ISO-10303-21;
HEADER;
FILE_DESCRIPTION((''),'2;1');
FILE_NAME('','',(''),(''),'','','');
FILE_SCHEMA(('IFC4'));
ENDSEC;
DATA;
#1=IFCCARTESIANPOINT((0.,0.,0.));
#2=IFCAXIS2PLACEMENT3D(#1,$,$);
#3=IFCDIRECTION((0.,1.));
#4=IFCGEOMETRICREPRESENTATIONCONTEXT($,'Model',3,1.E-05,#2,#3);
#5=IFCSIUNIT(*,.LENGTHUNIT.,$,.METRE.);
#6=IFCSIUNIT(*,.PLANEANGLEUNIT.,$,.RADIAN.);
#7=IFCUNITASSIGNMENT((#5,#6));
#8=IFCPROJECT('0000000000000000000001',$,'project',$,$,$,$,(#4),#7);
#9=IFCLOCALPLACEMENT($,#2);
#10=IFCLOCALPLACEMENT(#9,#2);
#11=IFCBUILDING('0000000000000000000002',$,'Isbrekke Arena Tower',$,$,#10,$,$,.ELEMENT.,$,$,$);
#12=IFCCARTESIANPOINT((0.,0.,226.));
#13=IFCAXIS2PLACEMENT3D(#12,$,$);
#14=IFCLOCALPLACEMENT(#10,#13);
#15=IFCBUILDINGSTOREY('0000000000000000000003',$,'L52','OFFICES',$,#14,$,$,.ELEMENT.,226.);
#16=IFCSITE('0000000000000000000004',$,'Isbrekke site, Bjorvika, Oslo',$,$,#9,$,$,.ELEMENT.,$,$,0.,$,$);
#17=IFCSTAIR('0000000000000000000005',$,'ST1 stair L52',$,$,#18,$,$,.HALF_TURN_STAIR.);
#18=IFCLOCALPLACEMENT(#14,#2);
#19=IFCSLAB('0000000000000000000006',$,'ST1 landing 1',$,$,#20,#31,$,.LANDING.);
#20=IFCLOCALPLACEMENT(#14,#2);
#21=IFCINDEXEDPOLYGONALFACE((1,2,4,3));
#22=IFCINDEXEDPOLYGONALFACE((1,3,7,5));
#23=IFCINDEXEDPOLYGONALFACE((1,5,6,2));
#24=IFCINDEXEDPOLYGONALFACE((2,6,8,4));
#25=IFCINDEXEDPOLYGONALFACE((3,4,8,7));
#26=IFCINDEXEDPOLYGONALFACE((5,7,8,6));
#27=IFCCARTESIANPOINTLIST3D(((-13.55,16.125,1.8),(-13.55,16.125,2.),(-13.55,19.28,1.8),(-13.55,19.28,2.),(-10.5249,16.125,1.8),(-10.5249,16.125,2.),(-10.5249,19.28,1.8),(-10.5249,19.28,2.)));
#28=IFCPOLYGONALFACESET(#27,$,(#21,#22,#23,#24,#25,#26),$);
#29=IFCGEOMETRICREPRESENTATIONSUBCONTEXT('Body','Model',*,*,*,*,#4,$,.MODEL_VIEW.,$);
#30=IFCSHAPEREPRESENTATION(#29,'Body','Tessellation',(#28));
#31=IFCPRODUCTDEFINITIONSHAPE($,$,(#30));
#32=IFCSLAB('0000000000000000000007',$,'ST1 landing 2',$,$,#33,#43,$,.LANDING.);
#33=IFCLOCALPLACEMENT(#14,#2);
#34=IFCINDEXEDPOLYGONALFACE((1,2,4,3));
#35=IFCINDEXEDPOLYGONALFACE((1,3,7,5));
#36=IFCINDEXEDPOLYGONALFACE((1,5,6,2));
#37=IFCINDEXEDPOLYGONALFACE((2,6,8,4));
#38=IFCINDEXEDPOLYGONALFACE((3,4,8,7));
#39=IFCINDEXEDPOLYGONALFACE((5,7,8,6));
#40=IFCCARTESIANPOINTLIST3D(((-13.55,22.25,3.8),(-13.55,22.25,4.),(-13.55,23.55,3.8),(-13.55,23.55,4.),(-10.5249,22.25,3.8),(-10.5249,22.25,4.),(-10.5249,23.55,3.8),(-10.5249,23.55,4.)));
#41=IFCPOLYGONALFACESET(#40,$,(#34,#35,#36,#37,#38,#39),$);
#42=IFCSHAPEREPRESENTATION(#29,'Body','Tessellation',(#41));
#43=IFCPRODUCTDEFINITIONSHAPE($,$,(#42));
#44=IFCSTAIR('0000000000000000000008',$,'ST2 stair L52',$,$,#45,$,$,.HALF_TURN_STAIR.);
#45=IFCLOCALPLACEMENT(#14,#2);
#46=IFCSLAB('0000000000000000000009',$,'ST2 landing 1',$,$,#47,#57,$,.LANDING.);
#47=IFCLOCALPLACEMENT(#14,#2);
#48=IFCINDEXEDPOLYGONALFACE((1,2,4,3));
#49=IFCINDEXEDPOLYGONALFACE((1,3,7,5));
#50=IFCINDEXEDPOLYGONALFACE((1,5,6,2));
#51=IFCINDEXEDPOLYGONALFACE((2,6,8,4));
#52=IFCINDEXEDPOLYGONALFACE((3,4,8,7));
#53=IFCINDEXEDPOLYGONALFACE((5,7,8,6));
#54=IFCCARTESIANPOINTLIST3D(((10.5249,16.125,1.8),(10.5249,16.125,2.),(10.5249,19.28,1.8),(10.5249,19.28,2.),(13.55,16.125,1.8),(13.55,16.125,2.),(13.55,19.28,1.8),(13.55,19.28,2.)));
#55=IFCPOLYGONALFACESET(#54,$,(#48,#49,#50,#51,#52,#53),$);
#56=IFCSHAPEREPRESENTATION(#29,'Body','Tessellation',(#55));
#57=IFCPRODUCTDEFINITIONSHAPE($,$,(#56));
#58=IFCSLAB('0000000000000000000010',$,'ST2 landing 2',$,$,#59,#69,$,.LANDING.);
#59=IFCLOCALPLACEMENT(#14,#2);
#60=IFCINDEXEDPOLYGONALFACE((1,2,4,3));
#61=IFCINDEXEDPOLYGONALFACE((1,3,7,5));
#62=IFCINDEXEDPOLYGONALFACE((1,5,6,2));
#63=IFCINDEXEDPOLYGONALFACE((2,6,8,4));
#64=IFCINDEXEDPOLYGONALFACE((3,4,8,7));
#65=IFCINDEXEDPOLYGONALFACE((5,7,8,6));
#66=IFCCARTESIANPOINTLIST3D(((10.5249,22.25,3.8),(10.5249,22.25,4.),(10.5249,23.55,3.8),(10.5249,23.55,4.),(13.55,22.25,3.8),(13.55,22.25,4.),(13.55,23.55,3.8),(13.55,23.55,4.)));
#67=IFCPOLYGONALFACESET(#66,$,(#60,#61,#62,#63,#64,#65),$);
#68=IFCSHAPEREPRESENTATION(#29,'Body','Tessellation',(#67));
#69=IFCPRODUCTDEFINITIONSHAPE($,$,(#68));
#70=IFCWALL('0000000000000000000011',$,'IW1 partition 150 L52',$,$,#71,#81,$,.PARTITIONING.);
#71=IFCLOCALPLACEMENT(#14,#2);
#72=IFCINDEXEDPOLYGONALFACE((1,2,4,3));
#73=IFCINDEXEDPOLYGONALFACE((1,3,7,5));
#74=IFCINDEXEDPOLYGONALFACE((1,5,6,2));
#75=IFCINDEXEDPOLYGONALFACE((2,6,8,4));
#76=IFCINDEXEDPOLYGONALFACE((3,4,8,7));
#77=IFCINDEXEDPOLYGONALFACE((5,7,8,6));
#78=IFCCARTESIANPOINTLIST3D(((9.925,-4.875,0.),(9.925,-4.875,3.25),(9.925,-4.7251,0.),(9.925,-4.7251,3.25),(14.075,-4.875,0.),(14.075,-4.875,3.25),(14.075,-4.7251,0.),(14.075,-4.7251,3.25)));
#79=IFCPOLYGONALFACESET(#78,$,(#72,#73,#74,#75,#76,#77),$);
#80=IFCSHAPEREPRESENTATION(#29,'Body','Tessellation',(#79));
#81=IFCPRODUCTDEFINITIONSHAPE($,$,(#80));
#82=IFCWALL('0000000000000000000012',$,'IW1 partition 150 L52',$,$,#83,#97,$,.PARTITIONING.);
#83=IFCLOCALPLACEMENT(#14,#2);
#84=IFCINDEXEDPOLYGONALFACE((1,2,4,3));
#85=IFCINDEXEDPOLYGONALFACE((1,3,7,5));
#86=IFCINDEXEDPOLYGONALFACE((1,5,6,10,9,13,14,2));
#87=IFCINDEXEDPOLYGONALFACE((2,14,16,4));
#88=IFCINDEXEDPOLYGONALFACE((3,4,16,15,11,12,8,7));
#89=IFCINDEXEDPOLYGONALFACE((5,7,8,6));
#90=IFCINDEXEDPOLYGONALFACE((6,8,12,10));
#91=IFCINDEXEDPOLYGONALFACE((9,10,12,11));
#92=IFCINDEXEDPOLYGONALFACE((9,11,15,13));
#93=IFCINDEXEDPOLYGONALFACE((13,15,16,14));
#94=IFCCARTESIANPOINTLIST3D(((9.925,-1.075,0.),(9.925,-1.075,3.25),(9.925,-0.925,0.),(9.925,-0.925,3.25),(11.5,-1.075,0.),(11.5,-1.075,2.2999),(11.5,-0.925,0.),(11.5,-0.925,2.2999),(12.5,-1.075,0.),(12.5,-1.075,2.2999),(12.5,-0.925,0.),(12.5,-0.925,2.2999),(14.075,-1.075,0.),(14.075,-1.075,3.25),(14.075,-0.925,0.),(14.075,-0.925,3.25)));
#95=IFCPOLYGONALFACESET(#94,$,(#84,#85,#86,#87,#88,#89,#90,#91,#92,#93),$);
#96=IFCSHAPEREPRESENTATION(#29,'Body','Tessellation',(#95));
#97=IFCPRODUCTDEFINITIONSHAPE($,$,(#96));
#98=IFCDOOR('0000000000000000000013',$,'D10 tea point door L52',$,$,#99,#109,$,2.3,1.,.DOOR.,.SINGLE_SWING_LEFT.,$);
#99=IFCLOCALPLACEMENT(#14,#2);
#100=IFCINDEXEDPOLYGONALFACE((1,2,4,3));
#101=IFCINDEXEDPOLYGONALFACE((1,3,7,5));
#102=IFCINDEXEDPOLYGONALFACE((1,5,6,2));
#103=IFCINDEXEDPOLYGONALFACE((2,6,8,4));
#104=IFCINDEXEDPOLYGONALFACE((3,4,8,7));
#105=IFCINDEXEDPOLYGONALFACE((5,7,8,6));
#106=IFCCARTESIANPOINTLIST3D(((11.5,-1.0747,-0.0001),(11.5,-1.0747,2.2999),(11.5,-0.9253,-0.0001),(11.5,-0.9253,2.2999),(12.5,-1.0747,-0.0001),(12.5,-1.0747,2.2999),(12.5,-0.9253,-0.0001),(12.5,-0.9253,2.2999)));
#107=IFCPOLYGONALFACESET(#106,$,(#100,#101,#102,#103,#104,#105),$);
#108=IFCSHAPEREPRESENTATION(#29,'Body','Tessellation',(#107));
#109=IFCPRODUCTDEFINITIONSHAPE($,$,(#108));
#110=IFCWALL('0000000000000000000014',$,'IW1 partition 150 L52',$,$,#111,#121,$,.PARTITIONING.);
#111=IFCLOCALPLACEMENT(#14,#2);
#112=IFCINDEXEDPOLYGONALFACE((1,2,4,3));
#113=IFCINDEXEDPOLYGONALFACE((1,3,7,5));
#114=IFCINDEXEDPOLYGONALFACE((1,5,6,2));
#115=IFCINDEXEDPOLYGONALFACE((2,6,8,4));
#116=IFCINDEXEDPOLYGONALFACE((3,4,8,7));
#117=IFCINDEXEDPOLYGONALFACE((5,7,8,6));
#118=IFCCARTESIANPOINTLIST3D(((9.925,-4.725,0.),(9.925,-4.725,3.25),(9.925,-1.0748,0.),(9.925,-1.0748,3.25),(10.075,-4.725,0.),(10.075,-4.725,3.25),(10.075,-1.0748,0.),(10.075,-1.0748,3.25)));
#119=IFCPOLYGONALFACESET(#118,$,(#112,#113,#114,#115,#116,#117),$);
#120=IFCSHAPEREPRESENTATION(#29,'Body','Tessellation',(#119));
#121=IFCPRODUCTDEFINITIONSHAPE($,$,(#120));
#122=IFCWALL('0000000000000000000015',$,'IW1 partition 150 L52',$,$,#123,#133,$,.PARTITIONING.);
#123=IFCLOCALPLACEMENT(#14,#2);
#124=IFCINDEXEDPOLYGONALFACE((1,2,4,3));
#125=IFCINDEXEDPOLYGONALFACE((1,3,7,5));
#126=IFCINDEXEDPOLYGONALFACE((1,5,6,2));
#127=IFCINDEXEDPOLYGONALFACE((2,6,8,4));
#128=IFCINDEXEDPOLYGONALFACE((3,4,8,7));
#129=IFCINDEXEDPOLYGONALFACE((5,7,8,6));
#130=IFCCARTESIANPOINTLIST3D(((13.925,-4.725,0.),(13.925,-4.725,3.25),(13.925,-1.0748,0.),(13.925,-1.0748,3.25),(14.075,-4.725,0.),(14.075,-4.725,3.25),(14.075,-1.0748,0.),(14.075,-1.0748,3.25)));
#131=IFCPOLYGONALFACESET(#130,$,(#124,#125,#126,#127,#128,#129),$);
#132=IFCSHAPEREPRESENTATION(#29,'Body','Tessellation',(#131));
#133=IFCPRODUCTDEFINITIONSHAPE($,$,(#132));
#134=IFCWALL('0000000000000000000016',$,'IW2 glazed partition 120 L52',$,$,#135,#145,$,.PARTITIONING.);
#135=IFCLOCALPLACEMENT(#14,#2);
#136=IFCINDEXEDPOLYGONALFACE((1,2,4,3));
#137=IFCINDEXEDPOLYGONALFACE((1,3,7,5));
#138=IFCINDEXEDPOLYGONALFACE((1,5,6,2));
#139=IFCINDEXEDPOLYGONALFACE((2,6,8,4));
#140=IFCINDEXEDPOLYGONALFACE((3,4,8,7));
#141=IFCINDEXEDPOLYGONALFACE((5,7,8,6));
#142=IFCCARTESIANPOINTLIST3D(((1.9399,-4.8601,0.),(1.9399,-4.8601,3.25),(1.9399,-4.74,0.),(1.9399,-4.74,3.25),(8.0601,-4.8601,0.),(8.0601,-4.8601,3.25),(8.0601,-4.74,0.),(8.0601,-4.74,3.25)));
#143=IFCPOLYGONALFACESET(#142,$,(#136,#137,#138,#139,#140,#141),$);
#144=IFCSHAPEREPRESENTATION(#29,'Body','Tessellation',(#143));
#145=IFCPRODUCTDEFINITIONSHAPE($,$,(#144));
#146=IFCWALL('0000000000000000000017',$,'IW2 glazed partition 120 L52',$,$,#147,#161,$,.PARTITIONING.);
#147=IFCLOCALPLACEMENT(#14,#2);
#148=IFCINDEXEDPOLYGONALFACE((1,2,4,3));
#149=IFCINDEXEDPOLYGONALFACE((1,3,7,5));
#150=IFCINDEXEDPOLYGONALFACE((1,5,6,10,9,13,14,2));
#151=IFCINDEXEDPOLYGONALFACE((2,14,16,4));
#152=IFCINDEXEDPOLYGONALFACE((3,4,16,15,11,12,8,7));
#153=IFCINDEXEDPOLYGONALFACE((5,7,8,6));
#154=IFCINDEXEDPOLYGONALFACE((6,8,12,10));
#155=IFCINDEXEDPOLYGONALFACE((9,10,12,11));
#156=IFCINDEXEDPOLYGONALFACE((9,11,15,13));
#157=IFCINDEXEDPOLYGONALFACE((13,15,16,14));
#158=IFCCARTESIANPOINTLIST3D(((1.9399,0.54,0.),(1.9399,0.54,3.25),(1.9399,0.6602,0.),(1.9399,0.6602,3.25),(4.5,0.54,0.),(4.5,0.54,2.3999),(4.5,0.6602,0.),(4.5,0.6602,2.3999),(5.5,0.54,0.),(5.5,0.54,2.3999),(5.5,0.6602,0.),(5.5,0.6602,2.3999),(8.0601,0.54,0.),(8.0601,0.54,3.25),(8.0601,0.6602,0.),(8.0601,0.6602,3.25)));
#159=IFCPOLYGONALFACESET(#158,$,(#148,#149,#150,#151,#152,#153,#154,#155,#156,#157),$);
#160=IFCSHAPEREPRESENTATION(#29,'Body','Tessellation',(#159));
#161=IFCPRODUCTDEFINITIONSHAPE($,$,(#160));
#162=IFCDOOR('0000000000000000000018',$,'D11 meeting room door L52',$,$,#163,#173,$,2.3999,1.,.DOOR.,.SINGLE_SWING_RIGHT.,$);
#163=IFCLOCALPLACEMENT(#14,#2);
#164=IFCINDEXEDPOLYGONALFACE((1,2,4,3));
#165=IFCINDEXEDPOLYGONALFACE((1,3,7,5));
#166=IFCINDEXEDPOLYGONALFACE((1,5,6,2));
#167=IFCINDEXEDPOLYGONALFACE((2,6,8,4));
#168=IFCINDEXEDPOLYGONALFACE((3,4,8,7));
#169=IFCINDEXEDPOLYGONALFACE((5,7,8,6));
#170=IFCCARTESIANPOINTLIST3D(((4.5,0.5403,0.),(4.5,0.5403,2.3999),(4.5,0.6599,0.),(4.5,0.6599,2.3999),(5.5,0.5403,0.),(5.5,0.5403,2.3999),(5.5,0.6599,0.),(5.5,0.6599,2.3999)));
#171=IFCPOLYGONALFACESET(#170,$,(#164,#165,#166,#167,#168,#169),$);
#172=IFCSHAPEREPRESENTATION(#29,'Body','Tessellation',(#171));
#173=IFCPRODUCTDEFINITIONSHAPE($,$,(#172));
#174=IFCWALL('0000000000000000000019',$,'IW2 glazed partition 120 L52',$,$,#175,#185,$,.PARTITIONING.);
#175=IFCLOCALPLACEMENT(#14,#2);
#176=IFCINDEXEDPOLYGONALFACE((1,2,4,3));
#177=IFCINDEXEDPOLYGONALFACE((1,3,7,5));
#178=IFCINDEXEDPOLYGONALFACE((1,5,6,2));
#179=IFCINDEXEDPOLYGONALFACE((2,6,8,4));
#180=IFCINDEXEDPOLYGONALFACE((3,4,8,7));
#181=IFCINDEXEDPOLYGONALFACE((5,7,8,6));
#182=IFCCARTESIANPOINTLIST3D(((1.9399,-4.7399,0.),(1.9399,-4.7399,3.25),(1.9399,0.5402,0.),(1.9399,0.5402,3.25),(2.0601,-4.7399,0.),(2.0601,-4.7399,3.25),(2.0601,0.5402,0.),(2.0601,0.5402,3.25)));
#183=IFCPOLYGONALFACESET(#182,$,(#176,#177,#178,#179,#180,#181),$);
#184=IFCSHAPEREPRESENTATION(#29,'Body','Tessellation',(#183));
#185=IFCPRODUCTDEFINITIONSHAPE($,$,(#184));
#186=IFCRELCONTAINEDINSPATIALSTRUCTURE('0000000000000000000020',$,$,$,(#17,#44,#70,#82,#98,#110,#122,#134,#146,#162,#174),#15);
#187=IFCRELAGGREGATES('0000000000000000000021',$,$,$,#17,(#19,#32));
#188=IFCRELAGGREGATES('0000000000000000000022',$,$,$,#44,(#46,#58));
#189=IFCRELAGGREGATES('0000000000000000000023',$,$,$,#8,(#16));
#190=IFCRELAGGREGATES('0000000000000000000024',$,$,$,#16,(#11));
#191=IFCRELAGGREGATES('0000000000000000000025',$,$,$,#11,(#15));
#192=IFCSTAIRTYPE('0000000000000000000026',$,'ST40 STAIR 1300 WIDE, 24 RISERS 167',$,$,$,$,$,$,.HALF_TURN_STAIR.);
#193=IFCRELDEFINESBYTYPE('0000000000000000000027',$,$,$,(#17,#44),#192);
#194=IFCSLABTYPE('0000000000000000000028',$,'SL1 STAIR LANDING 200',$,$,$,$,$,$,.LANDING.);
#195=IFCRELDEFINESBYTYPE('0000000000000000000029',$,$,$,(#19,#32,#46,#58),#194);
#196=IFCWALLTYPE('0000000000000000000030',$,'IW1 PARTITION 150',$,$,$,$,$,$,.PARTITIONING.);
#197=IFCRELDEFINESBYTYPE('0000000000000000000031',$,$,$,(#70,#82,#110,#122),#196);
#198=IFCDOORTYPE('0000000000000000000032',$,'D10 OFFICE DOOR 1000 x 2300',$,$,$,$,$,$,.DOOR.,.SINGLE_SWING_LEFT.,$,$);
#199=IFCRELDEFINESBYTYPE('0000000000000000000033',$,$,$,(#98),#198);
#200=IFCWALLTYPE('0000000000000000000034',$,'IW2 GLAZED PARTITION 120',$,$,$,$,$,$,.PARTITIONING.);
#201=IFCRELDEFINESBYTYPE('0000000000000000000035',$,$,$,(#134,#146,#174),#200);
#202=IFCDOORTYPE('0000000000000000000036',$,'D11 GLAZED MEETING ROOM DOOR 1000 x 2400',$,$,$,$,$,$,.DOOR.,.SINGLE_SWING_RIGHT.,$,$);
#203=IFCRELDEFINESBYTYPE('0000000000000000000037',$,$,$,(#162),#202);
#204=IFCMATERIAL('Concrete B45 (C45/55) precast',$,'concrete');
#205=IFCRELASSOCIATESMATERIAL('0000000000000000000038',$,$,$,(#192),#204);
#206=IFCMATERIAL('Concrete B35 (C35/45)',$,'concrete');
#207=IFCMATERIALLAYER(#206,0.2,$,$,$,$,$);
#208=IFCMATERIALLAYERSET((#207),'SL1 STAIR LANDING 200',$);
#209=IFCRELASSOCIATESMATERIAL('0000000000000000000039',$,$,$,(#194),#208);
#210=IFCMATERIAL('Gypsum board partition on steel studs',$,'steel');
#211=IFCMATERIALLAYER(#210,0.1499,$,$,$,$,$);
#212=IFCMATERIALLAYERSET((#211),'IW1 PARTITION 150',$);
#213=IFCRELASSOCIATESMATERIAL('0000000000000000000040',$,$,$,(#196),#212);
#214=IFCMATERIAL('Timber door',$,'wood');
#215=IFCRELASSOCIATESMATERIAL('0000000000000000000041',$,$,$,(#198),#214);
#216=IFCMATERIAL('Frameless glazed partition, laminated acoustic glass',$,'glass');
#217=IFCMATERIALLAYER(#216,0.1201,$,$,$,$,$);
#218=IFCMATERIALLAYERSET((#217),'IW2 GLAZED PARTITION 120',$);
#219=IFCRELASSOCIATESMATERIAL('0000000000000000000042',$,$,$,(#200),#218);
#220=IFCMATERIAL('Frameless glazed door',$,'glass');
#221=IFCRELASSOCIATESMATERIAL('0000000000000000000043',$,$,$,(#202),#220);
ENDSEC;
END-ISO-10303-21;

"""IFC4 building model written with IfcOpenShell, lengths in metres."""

from ifc_helpers import new_model, si_unit, direction, frame, frame_2d, origin, place, context, subcontext, project, spatial, polyline, rectangle, outline, extrude, material, layer, layer_set, type_object, element, fill, aggregate, save


model = new_model("IFC4")

# Units and contexts
model_context = context("Model", 3, precision=1e-05, world=origin(), true_north=direction((0.0, 1.0)))
body_context = subcontext(model_context, "Body", "Model", "MODEL_VIEW")
ifc_project = project(units=[si_unit("LENGTHUNIT", "METRE"), si_unit("PLANEANGLEUNIT", "RADIAN")], contexts=[model_context])

# Site, building, storey
site_placement = place(None, origin())
site = spatial("IfcSite", under=ifc_project, at=site_placement, Name="Isbrekke site, Bjorvika, Oslo", CompositionType="ELEMENT", RefElevation=0.0)
building_placement = place(site_placement, origin())
building = spatial("IfcBuilding", under=site, at=building_placement, Name="Isbrekke Arena Tower", CompositionType="ELEMENT")
storey_placement = place(building_placement, frame((0.0, 0.0, 226.0)))
storey = spatial("IfcBuildingStorey", under=building, at=storey_placement, Name="L52", Description="OFFICES", CompositionType="ELEMENT", Elevation=226.0)

# Stairs, slabs
ifc_material_1 = material(Name="Concrete B45 (C45/55) precast", Category="concrete")
stair_type = type_object("IfcStairType", Name="ST40 STAIR 1300 WIDE, 24 RISERS 167", PredefinedType="HALF_TURN_STAIR", material=ifc_material_1)
stair_1_placement = place(storey_placement, origin())
stair_1 = element("IfcStair", 1, at=stair_1_placement, inside=storey, type_object=stair_type, Name="ST1 stair L52", PredefinedType="HALF_TURN_STAIR")
ifc_material_2 = material(Name="Concrete B35 (C35/45)", Category="concrete")
ifc_layer_1 = layer(ifc_material_2, 0.2)
ifc_layer_set_1 = layer_set([ifc_layer_1], Name="SL1 STAIR LANDING 200")
slab_type = type_object("IfcSlabType", Name="SL1 STAIR LANDING 200", PredefinedType="LANDING", material=ifc_layer_set_1)
slab_1_placement = place(storey_placement, frame((0.0, 0.0, 1.8)))
slab_1 = element("IfcSlab", 2, at=slab_1_placement, type_object=slab_type, Name="ST1 landing 1", PredefinedType="LANDING", context=body_context, shape_type="SweptSolid", body=[
    extrude(outline(polyline([(-13.55, 16.125), (-10.5249, 16.125), (-10.5249, 19.28), (-13.55, 19.28), (-13.55, 16.125)])), origin(), (0.0, 0.0, 1.0), 0.2),
])
slab_2_placement = place(storey_placement, frame((0.0, 0.0, 3.8)))
slab_2 = element("IfcSlab", 3, at=slab_2_placement, type_object=slab_type, Name="ST1 landing 2", PredefinedType="LANDING", context=body_context, shape_type="SweptSolid", body=[
    extrude(outline(polyline([(-13.55, 22.25), (-10.5249, 22.25), (-10.5249, 23.55), (-13.55, 23.55), (-13.55, 22.25)])), origin(), (0.0, 0.0, 1.0), 0.2),
])
aggregate(stair_1, [slab_1, slab_2])
stair_2_placement = place(storey_placement, origin())
stair_2 = element("IfcStair", 4, at=stair_2_placement, inside=storey, type_object=stair_type, Name="ST2 stair L52", PredefinedType="HALF_TURN_STAIR")
slab_3_placement = place(storey_placement, frame((0.0, 0.0, 1.8)))
slab_3 = element("IfcSlab", 5, at=slab_3_placement, type_object=slab_type, Name="ST2 landing 1", PredefinedType="LANDING", context=body_context, shape_type="SweptSolid", body=[
    extrude(outline(polyline([(10.5249, 16.125), (13.55, 16.125), (13.55, 19.28), (10.5249, 19.28), (10.5249, 16.125)])), origin(), (0.0, 0.0, 1.0), 0.2),
])
slab_4_placement = place(storey_placement, frame((0.0, 0.0, 3.8)))
slab_4 = element("IfcSlab", 6, at=slab_4_placement, type_object=slab_type, Name="ST2 landing 2", PredefinedType="LANDING", context=body_context, shape_type="SweptSolid", body=[
    extrude(outline(polyline([(10.5249, 22.25), (13.55, 22.25), (13.55, 23.55), (10.5249, 23.55), (10.5249, 22.25)])), origin(), (0.0, 0.0, 1.0), 0.2),
])
aggregate(stair_2, [slab_3, slab_4])

# Wall
ifc_material_3 = material(Name="Gypsum board partition on steel studs", Category="steel")
ifc_layer_2 = layer(ifc_material_3, 0.1499)
ifc_layer_set_2 = layer_set([ifc_layer_2], Name="IW1 PARTITION 150")
wall_type_1 = type_object("IfcWallType", Name="IW1 PARTITION 150", PredefinedType="PARTITIONING", material=ifc_layer_set_2)
wall_1_placement = place(storey_placement, frame((9.925, -4.8, 0.0), z_axis=(0.0, 0.0, 1.0), x_axis=(1.0, 0.0, 0.0)))
element("IfcWall", 7, at=wall_1_placement, inside=storey, type_object=wall_type_1, Name="IW1 partition 150 L52", PredefinedType="PARTITIONING", context=body_context, shape_type="SweptSolid", body=[
    extrude(rectangle(XDim=4.1499, YDim=0.1499, at=frame_2d((2.075, 0.0))), origin(), (0.0, 0.0, 1.0), 3.25),
])

# Wall, opening, door
wall_2_placement = place(storey_placement, frame((9.925, -1.0, 0.0), z_axis=(0.0, 0.0, 1.0), x_axis=(1.0, 0.0, 0.0)))
wall_2 = element("IfcWall", 8, at=wall_2_placement, inside=storey, type_object=wall_type_1, Name="IW1 partition 150 L52", PredefinedType="PARTITIONING", context=body_context, shape_type="SweptSolid", body=[
    extrude(rectangle(XDim=4.1499, YDim=0.1499, at=frame_2d((2.075, 0.0))), origin(), (0.0, 0.0, 1.0), 3.25),
])
opening_1_placement = place(wall_2_placement, frame((1.575, 0.0, 0.0)))
opening_1 = element("IfcOpeningElement", 9, at=opening_1_placement, cuts=wall_2, PredefinedType="OPENING", context=body_context, shape_type="SweptSolid", body=[
    extrude(rectangle(XDim=1.0, YDim=2.3, at=frame_2d((0.5, 1.1499))), frame((0.0, 0.0898, 0.0), z_axis=(0.0, -1.0, 0.0), x_axis=(1.0, 0.0, 0.0)), (0.0, 0.0, 1.0), 0.1797),
])
ifc_material_4 = material(Name="Timber door", Category="wood")
door_type_1 = type_object("IfcDoorType", Name="D10 OFFICE DOOR 1000 x 2300", OperationType="SINGLE_SWING_LEFT", PredefinedType="DOOR", material=ifc_material_4)
door_1_placement = place(opening_1_placement, origin())
door_1 = element("IfcDoor", 10, at=door_1_placement, inside=storey, type_object=door_type_1, Name="D10 tea point door L52", OperationType="SINGLE_SWING_LEFT", OverallHeight=2.3, OverallWidth=1.0, PredefinedType="DOOR", context=body_context, shape_type="SweptSolid", body=[
    extrude(rectangle(XDim=1.0, YDim=2.3, at=frame_2d((0.5, 1.1499))), frame((0.0, 0.0747, 0.0), z_axis=(0.0, -1.0, 0.0), x_axis=(1.0, 0.0, 0.0)), (0.0, 0.0, 1.0), 0.1494),
])
fill(opening_1, door_1)

# Walls
for number, where, z_axis, x_axis, name in (
    (11, (10.0, -4.7251, 0.0), (0.0, 0.0, 1.0), (0.0, 1.0, 0.0), "IW1 partition 150 L52"),
    (12, (14.0, -4.7251, 0.0), (0.0, 0.0, 1.0), (0.0, 1.0, 0.0), "IW1 partition 150 L52"),
):
    element("IfcWall", number, at=place(storey_placement, frame(where, z_axis=z_axis, x_axis=x_axis)), inside=storey, type_object=wall_type_1, Name=name, PredefinedType="PARTITIONING", context=body_context, shape_type="SweptSolid", body=[
        extrude(rectangle(XDim=3.6501, YDim=0.1499, at=frame_2d((1.8252, 0.0))), origin(), (0.0, 0.0, 1.0), 3.25),
    ])
ifc_material_5 = material(Name="Frameless glazed partition, laminated acoustic glass", Category="glass")
ifc_layer_3 = layer(ifc_material_5, 0.1201)
ifc_layer_set_3 = layer_set([ifc_layer_3], Name="IW2 GLAZED PARTITION 120")
wall_type_2 = type_object("IfcWallType", Name="IW2 GLAZED PARTITION 120", PredefinedType="PARTITIONING", material=ifc_layer_set_3)
wall_3_placement = place(storey_placement, frame((1.9399, -4.8, 0.0), z_axis=(0.0, 0.0, 1.0), x_axis=(1.0, 0.0, 0.0)))
element("IfcWall", 13, at=wall_3_placement, inside=storey, type_object=wall_type_2, Name="IW2 glazed partition 120 L52", PredefinedType="PARTITIONING", context=body_context, shape_type="SweptSolid", body=[
    extrude(rectangle(XDim=6.1201, YDim=0.1201, at=frame_2d((3.0601, 0.0))), origin(), (0.0, 0.0, 1.0), 3.25),
])

# Wall, opening, door
wall_4_placement = place(storey_placement, frame((1.9399, 0.6001, 0.0), z_axis=(0.0, 0.0, 1.0), x_axis=(1.0, 0.0, 0.0)))
wall_4 = element("IfcWall", 14, at=wall_4_placement, inside=storey, type_object=wall_type_2, Name="IW2 glazed partition 120 L52", PredefinedType="PARTITIONING", context=body_context, shape_type="SweptSolid", body=[
    extrude(rectangle(XDim=6.1201, YDim=0.1201, at=frame_2d((3.0601, 0.0))), origin(), (0.0, 0.0, 1.0), 3.25),
])
opening_2_placement = place(wall_4_placement, frame((2.5601, 0.0, 0.0)))
opening_2 = element("IfcOpeningElement", 15, at=opening_2_placement, cuts=wall_4, PredefinedType="OPENING", context=body_context, shape_type="SweptSolid", body=[
    extrude(rectangle(XDim=1.0, YDim=2.3999, at=frame_2d((0.5, 1.2))), frame((0.0, 0.075, 0.0), z_axis=(0.0, -1.0, 0.0), x_axis=(1.0, 0.0, 0.0)), (0.0, 0.0, 1.0), 0.1499),
])
ifc_material_6 = material(Name="Frameless glazed door", Category="glass")
door_type_2 = type_object("IfcDoorType", Name="D11 GLAZED MEETING ROOM DOOR 1000 x 2400", OperationType="SINGLE_SWING_RIGHT", PredefinedType="DOOR", material=ifc_material_6)
door_2_placement = place(opening_2_placement, origin())
door_2 = element("IfcDoor", 16, at=door_2_placement, inside=storey, type_object=door_type_2, Name="D11 meeting room door L52", OperationType="SINGLE_SWING_RIGHT", OverallHeight=2.3999, OverallWidth=1.0, PredefinedType="DOOR", context=body_context, shape_type="SweptSolid", body=[
    extrude(rectangle(XDim=1.0, YDim=2.3999, at=frame_2d((0.5, 1.2))), frame((0.0, 0.0598, 0.0), z_axis=(0.0, -1.0, 0.0), x_axis=(1.0, 0.0, 0.0)), (0.0, 0.0, 1.0), 0.1196),
])
fill(opening_2, door_2)

# Wall
wall_5_placement = place(storey_placement, frame((2.0, -4.74, 0.0), z_axis=(0.0, 0.0, 1.0), x_axis=(0.0, 1.0, 0.0)))
element("IfcWall", 17, at=wall_5_placement, inside=storey, type_object=wall_type_2, Name="IW2 glazed partition 120 L52", PredefinedType="PARTITIONING", context=body_context, shape_type="SweptSolid", body=[
    extrude(rectangle(XDim=5.28, YDim=0.1201, at=frame_2d((2.6401, 0.0))), origin(), (0.0, 0.0, 1.0), 3.25),
])

save(model, "model.ifc")
